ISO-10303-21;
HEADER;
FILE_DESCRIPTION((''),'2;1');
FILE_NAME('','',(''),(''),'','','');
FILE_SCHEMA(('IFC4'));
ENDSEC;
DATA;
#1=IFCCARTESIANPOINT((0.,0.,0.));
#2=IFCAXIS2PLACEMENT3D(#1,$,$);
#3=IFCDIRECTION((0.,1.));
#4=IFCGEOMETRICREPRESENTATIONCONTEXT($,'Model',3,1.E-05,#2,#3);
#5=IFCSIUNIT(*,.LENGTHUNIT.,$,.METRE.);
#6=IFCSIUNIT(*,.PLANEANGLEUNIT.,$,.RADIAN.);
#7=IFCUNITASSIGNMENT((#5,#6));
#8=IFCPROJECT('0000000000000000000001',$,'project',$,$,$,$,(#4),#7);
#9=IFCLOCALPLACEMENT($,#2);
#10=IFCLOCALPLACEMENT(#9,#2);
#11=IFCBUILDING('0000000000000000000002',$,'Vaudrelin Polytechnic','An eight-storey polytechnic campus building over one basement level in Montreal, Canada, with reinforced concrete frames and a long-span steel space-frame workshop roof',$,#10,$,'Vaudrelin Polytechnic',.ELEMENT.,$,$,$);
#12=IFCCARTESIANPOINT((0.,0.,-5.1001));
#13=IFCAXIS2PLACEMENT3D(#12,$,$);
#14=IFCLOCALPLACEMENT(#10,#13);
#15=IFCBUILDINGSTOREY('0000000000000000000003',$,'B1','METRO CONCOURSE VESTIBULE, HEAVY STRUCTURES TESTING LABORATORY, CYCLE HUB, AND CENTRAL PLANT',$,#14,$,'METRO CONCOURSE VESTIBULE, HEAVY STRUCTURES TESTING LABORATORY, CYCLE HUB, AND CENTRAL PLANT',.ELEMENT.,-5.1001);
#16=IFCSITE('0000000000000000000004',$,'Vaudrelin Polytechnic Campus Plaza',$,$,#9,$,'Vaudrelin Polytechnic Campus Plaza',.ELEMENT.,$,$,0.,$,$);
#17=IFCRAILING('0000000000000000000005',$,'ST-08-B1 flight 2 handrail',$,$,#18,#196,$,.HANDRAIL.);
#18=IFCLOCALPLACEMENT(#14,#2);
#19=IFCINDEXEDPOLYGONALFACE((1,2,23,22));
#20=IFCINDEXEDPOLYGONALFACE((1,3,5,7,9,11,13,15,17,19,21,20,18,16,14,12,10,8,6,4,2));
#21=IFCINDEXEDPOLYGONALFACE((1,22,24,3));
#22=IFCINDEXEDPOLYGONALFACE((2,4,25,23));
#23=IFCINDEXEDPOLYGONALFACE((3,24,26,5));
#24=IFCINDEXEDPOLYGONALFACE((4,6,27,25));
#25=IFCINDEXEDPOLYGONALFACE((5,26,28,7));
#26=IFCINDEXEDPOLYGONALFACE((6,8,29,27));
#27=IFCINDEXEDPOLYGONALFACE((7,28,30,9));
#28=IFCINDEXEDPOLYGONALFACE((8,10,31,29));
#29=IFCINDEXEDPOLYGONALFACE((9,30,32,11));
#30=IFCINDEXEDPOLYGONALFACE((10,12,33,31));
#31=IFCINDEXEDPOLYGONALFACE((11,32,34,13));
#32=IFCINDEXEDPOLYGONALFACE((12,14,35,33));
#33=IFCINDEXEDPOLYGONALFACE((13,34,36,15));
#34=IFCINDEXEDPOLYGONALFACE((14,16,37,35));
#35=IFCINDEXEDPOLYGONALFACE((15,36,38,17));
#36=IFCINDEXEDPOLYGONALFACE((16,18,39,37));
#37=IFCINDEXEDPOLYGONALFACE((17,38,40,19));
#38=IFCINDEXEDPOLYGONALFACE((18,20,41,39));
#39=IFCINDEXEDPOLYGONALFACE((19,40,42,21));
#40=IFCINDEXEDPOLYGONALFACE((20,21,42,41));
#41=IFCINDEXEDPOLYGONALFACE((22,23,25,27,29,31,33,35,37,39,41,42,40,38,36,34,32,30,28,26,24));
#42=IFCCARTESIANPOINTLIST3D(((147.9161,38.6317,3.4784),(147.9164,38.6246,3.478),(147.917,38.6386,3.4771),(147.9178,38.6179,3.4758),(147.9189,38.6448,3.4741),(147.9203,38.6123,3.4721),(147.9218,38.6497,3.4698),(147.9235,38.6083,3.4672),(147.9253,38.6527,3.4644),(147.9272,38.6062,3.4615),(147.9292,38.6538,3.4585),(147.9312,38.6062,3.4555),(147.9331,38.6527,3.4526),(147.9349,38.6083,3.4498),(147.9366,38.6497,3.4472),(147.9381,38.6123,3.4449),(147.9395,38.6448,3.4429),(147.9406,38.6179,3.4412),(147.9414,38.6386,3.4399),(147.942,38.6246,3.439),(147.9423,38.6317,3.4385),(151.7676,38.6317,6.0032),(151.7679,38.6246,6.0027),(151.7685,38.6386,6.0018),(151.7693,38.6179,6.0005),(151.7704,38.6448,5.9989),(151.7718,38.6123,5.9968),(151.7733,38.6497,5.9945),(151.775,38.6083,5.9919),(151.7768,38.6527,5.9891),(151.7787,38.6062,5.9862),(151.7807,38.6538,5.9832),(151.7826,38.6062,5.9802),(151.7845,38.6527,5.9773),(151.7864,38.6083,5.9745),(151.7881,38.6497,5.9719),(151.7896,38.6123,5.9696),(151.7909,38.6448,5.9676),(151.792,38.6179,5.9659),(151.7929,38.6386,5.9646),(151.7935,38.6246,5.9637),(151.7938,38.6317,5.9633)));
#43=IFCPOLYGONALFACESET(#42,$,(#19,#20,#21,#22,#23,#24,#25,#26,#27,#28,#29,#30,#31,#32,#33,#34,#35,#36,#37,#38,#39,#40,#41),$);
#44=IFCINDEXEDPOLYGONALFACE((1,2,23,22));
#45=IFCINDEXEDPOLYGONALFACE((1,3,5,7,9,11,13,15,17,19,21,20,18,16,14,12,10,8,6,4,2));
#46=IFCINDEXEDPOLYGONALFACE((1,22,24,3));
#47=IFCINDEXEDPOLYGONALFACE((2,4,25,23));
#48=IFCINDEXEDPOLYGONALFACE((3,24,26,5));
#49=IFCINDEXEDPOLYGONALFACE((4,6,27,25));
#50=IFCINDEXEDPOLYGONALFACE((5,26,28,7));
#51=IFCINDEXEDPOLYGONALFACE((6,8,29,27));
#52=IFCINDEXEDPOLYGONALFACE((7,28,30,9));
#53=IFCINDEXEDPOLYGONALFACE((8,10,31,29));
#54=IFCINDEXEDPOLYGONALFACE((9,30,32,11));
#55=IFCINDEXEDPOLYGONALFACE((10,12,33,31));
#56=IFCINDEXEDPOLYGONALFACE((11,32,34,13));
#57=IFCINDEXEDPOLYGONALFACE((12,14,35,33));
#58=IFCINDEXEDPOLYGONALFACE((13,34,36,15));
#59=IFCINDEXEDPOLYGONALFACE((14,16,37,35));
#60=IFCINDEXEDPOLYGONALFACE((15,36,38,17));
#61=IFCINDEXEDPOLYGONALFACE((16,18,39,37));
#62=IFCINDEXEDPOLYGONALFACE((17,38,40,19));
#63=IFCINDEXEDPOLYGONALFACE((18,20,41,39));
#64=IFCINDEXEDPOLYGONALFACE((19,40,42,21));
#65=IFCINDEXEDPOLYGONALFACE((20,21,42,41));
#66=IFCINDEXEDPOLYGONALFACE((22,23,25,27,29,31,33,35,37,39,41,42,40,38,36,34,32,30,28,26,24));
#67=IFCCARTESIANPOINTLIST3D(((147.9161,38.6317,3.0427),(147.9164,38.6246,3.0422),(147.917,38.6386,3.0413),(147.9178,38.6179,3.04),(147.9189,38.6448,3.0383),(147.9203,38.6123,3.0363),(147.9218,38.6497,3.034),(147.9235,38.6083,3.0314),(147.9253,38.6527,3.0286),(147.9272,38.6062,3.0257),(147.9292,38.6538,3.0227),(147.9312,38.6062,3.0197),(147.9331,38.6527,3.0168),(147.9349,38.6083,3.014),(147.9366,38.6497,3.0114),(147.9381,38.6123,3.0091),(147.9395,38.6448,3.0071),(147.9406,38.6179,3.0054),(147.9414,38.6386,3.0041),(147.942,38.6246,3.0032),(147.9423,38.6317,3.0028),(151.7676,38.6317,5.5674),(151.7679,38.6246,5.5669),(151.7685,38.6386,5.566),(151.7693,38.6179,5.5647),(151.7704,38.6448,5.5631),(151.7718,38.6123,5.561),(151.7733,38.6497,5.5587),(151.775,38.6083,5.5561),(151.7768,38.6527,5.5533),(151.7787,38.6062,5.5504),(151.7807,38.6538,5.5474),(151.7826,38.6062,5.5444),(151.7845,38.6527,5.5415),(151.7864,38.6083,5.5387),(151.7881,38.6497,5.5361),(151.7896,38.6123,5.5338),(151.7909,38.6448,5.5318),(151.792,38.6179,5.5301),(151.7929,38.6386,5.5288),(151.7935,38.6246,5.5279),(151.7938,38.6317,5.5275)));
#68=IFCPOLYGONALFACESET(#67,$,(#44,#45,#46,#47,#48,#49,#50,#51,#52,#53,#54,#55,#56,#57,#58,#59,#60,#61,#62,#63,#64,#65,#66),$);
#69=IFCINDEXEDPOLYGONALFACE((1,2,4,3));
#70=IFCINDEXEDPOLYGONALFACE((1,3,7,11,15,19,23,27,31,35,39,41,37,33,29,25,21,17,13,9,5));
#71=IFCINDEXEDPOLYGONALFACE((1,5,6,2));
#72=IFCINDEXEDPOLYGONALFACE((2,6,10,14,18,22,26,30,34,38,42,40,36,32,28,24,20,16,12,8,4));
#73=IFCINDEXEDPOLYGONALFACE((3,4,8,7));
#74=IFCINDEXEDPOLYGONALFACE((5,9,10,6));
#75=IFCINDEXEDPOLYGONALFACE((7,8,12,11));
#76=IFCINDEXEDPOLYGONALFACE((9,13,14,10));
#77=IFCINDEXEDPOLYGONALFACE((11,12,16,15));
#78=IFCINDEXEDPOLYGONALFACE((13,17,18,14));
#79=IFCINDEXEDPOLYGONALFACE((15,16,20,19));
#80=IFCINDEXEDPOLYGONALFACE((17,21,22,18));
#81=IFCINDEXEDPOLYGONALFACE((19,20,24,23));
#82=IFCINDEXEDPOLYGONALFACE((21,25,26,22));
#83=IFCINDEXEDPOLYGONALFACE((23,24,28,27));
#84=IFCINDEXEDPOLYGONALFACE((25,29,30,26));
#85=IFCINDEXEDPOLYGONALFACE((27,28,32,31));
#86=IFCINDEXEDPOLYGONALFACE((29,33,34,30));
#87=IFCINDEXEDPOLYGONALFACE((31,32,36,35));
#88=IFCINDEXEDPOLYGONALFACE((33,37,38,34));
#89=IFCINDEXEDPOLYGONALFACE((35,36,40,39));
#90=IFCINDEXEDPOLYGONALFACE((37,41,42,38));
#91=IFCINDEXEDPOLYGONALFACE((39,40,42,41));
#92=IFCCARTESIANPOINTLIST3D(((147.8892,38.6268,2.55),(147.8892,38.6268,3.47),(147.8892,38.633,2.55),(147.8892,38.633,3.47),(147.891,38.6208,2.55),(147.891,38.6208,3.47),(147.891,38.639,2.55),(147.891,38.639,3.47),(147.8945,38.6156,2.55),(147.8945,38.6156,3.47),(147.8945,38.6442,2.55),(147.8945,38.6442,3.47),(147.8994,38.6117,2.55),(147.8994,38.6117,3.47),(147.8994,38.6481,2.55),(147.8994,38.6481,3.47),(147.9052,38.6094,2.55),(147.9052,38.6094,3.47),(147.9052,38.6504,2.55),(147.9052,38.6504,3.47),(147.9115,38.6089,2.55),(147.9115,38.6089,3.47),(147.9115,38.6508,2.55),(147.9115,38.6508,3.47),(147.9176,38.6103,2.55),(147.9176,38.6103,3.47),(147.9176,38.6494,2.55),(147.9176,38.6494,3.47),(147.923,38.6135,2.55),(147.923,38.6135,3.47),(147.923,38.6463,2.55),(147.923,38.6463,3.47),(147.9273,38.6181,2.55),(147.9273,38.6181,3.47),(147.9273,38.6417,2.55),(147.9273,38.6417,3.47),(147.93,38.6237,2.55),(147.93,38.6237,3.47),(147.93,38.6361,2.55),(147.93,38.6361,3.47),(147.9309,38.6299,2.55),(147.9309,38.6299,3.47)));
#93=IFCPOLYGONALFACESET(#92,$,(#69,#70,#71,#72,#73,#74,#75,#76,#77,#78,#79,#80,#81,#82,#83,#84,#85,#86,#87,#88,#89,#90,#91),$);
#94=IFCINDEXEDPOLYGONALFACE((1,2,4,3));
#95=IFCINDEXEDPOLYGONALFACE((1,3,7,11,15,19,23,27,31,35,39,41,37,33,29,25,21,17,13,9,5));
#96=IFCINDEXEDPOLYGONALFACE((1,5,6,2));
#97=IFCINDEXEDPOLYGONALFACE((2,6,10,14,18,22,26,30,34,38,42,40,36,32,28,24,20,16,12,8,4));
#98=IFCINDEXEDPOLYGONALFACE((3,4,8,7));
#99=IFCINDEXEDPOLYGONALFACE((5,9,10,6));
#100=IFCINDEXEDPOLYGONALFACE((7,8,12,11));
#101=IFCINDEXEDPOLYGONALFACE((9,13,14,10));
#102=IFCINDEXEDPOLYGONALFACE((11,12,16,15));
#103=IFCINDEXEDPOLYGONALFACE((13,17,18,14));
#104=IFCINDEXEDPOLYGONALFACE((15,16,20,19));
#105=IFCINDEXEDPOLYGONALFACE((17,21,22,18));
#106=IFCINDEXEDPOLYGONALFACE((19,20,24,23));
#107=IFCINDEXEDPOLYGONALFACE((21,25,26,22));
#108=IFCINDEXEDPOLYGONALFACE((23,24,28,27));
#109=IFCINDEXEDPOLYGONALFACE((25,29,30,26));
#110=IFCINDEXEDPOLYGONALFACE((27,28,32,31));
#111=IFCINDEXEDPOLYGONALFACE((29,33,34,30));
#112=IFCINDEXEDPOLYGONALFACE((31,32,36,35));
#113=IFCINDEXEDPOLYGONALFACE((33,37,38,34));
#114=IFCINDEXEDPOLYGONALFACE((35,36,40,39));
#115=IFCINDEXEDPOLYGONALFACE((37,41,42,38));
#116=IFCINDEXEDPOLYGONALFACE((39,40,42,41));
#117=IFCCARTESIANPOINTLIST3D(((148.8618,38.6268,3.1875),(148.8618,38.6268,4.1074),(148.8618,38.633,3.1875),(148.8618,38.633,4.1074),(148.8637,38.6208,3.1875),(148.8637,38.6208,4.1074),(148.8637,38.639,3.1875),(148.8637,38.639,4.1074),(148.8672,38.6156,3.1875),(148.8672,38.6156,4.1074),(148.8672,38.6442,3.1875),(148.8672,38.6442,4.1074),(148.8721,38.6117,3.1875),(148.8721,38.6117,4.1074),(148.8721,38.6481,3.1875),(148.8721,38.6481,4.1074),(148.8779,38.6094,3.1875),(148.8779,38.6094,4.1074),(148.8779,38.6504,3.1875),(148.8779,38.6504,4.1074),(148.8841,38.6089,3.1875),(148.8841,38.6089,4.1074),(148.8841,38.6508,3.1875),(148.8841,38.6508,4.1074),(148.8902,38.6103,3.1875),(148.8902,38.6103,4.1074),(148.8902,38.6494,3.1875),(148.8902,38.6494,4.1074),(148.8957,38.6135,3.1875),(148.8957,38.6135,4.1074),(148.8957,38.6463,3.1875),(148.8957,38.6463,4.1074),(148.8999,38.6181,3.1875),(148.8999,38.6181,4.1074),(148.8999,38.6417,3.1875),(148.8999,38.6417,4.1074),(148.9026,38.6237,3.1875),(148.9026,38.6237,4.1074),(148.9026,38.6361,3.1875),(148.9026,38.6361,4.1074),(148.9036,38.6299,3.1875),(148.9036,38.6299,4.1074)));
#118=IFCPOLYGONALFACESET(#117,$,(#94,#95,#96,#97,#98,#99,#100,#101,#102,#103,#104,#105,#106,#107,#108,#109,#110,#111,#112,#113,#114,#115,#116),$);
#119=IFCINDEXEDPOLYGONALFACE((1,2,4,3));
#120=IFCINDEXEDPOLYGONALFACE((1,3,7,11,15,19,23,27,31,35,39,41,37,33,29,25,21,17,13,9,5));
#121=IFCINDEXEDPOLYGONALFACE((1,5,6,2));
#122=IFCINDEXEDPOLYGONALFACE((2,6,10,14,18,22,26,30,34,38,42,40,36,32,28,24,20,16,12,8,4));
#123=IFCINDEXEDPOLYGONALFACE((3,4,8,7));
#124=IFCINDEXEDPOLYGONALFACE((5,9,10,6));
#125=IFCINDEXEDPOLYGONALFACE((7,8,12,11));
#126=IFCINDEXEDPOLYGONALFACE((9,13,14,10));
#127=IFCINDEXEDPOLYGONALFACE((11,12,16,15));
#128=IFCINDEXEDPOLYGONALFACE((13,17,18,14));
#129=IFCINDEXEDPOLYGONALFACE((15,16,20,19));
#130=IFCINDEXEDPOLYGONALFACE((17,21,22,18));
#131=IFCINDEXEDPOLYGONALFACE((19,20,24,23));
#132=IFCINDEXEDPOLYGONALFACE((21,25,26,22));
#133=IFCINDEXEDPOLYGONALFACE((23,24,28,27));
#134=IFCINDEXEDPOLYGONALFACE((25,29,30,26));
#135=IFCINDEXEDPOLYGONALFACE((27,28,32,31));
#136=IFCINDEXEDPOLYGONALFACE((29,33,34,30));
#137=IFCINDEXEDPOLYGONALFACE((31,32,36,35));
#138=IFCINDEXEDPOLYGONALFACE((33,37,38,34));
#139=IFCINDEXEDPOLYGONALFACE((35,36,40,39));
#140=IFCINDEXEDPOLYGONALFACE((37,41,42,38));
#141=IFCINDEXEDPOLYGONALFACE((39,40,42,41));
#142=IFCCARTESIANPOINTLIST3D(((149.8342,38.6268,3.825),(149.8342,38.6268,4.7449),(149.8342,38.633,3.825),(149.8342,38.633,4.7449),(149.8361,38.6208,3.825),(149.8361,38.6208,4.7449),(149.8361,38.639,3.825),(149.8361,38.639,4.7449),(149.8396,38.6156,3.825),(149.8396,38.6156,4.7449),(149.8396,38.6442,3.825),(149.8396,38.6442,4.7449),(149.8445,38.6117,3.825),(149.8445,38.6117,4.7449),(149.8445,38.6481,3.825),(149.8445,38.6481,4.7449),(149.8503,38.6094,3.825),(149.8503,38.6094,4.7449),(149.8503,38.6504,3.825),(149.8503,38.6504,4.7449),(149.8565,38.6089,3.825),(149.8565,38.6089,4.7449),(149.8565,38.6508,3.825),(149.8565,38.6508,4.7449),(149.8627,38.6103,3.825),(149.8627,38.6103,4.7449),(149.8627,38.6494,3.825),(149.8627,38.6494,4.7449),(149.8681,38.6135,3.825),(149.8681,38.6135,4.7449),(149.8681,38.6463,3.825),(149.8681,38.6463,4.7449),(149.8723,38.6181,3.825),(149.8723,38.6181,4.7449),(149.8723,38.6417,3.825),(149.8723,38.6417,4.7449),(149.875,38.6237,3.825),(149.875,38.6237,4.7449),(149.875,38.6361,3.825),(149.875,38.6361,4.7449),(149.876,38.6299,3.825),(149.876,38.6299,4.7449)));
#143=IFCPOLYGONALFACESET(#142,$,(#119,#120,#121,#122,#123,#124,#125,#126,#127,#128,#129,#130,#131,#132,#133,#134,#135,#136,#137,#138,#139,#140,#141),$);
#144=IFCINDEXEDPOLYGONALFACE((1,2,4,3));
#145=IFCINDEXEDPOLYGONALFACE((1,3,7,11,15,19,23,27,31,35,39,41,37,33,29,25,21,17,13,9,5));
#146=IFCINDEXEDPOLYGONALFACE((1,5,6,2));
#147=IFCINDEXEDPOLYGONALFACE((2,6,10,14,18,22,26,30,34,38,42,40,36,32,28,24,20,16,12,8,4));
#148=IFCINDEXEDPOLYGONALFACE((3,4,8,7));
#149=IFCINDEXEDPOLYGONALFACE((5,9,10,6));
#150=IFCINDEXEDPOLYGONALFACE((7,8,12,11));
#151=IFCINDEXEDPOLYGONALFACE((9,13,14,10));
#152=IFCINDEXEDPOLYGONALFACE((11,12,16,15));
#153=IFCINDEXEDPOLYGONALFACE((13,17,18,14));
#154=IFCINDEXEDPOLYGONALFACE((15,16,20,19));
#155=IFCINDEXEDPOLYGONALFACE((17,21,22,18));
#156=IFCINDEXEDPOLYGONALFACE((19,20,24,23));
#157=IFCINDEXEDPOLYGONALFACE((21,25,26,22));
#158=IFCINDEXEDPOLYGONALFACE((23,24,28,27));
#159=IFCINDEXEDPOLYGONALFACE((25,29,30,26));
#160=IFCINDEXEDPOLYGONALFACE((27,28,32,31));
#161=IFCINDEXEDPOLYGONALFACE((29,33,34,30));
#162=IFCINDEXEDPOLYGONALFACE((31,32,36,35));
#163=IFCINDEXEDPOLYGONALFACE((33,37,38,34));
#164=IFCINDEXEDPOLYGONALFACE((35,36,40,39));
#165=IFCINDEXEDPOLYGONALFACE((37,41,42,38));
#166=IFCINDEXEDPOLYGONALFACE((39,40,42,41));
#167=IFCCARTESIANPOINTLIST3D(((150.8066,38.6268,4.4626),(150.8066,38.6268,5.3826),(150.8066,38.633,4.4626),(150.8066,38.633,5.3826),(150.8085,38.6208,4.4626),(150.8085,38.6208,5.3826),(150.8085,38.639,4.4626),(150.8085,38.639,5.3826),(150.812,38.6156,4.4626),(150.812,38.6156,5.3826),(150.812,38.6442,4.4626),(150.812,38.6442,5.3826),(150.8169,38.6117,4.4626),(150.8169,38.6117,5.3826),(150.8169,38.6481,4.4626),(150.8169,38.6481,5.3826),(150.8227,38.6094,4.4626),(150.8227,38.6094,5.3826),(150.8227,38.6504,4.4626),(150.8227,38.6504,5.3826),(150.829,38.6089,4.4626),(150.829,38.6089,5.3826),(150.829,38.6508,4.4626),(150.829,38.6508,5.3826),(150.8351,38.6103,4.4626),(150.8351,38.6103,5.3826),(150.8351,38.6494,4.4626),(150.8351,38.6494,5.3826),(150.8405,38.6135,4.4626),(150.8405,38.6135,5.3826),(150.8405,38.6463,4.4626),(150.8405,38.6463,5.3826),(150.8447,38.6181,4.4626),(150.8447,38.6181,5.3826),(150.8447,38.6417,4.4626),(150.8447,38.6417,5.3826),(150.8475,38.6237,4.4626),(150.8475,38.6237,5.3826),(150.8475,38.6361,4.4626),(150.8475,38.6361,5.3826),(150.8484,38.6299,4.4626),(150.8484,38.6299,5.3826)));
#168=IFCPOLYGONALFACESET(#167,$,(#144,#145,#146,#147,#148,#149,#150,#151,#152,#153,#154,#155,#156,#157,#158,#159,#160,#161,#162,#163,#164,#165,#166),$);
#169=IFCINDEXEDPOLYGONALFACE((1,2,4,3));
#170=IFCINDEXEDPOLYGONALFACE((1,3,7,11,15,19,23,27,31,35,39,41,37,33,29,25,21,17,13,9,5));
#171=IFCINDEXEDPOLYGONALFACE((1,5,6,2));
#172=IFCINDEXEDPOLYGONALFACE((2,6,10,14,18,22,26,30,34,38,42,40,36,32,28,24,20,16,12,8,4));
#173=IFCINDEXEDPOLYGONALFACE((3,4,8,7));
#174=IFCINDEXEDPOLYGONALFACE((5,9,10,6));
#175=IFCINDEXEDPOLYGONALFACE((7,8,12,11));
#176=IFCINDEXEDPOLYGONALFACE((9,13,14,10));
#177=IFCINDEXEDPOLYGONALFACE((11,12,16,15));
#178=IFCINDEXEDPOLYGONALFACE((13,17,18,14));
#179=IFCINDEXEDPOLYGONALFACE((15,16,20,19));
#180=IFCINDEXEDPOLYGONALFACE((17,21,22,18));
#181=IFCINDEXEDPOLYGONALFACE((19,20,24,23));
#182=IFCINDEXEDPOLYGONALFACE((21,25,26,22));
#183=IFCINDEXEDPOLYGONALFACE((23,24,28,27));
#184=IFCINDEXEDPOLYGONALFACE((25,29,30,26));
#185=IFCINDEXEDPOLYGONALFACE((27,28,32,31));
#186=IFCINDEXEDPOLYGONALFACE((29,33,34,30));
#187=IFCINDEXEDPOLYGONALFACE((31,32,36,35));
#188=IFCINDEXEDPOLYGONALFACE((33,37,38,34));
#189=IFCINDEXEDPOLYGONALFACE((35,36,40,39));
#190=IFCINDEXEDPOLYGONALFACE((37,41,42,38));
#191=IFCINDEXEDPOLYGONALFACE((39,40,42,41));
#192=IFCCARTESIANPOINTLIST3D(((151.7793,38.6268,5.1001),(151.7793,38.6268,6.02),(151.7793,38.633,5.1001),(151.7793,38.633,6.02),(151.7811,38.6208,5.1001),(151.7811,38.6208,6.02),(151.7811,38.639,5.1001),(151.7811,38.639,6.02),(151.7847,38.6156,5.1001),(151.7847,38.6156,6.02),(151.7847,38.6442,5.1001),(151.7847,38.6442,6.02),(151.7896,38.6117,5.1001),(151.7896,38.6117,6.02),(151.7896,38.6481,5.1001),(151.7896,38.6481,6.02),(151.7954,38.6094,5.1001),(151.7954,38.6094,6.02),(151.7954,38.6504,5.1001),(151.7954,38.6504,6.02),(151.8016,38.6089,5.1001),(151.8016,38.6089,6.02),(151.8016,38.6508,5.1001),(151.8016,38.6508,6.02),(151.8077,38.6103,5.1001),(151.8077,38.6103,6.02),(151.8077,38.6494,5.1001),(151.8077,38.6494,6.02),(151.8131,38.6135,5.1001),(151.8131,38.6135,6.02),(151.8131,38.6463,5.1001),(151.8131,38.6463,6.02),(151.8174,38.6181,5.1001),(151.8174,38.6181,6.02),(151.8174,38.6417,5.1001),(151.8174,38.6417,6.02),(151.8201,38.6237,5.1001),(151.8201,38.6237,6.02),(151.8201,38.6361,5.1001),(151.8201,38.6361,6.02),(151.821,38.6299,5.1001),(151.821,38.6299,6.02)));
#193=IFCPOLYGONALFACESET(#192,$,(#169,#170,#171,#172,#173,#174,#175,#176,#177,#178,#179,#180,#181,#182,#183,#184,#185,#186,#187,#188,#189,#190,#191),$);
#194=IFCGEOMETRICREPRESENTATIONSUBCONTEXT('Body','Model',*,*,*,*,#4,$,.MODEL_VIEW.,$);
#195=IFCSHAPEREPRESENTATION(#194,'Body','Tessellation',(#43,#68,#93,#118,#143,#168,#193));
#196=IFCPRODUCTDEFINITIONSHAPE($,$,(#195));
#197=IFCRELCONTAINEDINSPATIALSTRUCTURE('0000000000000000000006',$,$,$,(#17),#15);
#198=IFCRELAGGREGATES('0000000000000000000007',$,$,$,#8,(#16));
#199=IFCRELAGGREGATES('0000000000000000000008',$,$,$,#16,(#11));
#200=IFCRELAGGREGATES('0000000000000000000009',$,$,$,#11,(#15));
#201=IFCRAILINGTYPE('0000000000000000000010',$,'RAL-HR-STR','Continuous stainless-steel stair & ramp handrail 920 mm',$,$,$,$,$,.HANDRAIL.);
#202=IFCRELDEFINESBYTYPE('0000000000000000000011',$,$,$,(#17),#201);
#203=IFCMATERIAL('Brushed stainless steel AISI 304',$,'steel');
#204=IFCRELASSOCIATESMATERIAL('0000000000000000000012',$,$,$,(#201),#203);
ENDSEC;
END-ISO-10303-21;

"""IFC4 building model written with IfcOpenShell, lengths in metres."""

from ifc_helpers import new_model, si_unit, direction, frame, origin, origin_2d, place, context, subcontext, project, spatial, circle, extrude, material, type_object, element, save


model = new_model("IFC4")

# Units and contexts
model_context = context("Model", 3, precision=1e-05, world=origin(), true_north=direction((0.0, 1.0)))
body_context = subcontext(model_context, "Body", "Model", "MODEL_VIEW")
ifc_project = project(units=[si_unit("LENGTHUNIT", "METRE"), si_unit("PLANEANGLEUNIT", "RADIAN")], contexts=[model_context])

# Site, building, storey
site_placement = place(None, origin())
site = spatial("IfcSite", under=ifc_project, at=site_placement, Name="Vaudrelin Polytechnic Campus Plaza", LongName="Vaudrelin Polytechnic Campus Plaza", CompositionType="ELEMENT", RefElevation=0.0)
building_placement = place(site_placement, origin())
building = spatial("IfcBuilding", under=site, at=building_placement, Name="Vaudrelin Polytechnic", Description="An eight-storey polytechnic campus building over one basement level in Montreal, Canada, with reinforced concrete frames and a long-span steel space-frame workshop roof", LongName="Vaudrelin Polytechnic", CompositionType="ELEMENT")
storey_placement = place(building_placement, frame((0.0, 0.0, -5.1001)))
storey = spatial("IfcBuildingStorey", under=building, at=storey_placement, Name="B1", Description="METRO CONCOURSE VESTIBULE, HEAVY STRUCTURES TESTING LABORATORY, CYCLE HUB, AND CENTRAL PLANT", LongName="METRO CONCOURSE VESTIBULE, HEAVY STRUCTURES TESTING LABORATORY, CYCLE HUB, AND CENTRAL PLANT", CompositionType="ELEMENT", Elevation=-5.1001)

# Railing
ifc_material_1 = material(Name="Brushed stainless steel AISI 304", Category="steel")
railing_type_1 = type_object("IfcRailingType", Name="RAL-HR-STR", Description="Continuous stainless-steel stair & ramp handrail 920 mm", PredefinedType="HANDRAIL", material=ifc_material_1)
railing_1_placement = place(storey_placement, frame((147.9099, 38.6299, 2.55)))
element("IfcRailing", 1, at=railing_1_placement, inside=storey, type_object=railing_type_1, Name="ST-08-B1 flight 2 handrail", PredefinedType="HANDRAIL", context=body_context, shape_type="SweptSolid", body=[
    extrude(circle(Radius=0.0239, at=origin_2d()), frame((0.0193, 0.0, 0.9084), z_axis=(0.836329, 0.0, 0.548228), x_axis=(0.0, 1.0, 0.0)), (0.0, 0.0, 1.0), 4.6052),
    extrude(circle(Radius=0.0239, at=origin_2d()), frame((0.0193, 0.0, 0.4727), z_axis=(0.836329, 0.0, 0.548228), x_axis=(0.0, 1.0, 0.0)), (0.0, 0.0, 1.0), 4.6052),
    extrude(circle(Radius=0.021, at=origin_2d()), origin(), (0.0, 0.0, 1.0), 0.9199),
    extrude(circle(Radius=0.021, at=origin_2d()), frame((0.9727, 0.0, 0.6375)), (0.0, 0.0, 1.0), 0.9199),
    extrude(circle(Radius=0.021, at=origin_2d()), frame((1.9451, 0.0, 1.2749)), (0.0, 0.0, 1.0), 0.9199),
    extrude(circle(Radius=0.021, at=origin_2d()), frame((2.9175, 0.0, 1.9126)), (0.0, 0.0, 1.0), 0.9199),
    extrude(circle(Radius=0.021, at=origin_2d()), frame((3.8901, 0.0, 2.55)), (0.0, 0.0, 1.0), 0.9199),
])

save(model, "model.ifc")
